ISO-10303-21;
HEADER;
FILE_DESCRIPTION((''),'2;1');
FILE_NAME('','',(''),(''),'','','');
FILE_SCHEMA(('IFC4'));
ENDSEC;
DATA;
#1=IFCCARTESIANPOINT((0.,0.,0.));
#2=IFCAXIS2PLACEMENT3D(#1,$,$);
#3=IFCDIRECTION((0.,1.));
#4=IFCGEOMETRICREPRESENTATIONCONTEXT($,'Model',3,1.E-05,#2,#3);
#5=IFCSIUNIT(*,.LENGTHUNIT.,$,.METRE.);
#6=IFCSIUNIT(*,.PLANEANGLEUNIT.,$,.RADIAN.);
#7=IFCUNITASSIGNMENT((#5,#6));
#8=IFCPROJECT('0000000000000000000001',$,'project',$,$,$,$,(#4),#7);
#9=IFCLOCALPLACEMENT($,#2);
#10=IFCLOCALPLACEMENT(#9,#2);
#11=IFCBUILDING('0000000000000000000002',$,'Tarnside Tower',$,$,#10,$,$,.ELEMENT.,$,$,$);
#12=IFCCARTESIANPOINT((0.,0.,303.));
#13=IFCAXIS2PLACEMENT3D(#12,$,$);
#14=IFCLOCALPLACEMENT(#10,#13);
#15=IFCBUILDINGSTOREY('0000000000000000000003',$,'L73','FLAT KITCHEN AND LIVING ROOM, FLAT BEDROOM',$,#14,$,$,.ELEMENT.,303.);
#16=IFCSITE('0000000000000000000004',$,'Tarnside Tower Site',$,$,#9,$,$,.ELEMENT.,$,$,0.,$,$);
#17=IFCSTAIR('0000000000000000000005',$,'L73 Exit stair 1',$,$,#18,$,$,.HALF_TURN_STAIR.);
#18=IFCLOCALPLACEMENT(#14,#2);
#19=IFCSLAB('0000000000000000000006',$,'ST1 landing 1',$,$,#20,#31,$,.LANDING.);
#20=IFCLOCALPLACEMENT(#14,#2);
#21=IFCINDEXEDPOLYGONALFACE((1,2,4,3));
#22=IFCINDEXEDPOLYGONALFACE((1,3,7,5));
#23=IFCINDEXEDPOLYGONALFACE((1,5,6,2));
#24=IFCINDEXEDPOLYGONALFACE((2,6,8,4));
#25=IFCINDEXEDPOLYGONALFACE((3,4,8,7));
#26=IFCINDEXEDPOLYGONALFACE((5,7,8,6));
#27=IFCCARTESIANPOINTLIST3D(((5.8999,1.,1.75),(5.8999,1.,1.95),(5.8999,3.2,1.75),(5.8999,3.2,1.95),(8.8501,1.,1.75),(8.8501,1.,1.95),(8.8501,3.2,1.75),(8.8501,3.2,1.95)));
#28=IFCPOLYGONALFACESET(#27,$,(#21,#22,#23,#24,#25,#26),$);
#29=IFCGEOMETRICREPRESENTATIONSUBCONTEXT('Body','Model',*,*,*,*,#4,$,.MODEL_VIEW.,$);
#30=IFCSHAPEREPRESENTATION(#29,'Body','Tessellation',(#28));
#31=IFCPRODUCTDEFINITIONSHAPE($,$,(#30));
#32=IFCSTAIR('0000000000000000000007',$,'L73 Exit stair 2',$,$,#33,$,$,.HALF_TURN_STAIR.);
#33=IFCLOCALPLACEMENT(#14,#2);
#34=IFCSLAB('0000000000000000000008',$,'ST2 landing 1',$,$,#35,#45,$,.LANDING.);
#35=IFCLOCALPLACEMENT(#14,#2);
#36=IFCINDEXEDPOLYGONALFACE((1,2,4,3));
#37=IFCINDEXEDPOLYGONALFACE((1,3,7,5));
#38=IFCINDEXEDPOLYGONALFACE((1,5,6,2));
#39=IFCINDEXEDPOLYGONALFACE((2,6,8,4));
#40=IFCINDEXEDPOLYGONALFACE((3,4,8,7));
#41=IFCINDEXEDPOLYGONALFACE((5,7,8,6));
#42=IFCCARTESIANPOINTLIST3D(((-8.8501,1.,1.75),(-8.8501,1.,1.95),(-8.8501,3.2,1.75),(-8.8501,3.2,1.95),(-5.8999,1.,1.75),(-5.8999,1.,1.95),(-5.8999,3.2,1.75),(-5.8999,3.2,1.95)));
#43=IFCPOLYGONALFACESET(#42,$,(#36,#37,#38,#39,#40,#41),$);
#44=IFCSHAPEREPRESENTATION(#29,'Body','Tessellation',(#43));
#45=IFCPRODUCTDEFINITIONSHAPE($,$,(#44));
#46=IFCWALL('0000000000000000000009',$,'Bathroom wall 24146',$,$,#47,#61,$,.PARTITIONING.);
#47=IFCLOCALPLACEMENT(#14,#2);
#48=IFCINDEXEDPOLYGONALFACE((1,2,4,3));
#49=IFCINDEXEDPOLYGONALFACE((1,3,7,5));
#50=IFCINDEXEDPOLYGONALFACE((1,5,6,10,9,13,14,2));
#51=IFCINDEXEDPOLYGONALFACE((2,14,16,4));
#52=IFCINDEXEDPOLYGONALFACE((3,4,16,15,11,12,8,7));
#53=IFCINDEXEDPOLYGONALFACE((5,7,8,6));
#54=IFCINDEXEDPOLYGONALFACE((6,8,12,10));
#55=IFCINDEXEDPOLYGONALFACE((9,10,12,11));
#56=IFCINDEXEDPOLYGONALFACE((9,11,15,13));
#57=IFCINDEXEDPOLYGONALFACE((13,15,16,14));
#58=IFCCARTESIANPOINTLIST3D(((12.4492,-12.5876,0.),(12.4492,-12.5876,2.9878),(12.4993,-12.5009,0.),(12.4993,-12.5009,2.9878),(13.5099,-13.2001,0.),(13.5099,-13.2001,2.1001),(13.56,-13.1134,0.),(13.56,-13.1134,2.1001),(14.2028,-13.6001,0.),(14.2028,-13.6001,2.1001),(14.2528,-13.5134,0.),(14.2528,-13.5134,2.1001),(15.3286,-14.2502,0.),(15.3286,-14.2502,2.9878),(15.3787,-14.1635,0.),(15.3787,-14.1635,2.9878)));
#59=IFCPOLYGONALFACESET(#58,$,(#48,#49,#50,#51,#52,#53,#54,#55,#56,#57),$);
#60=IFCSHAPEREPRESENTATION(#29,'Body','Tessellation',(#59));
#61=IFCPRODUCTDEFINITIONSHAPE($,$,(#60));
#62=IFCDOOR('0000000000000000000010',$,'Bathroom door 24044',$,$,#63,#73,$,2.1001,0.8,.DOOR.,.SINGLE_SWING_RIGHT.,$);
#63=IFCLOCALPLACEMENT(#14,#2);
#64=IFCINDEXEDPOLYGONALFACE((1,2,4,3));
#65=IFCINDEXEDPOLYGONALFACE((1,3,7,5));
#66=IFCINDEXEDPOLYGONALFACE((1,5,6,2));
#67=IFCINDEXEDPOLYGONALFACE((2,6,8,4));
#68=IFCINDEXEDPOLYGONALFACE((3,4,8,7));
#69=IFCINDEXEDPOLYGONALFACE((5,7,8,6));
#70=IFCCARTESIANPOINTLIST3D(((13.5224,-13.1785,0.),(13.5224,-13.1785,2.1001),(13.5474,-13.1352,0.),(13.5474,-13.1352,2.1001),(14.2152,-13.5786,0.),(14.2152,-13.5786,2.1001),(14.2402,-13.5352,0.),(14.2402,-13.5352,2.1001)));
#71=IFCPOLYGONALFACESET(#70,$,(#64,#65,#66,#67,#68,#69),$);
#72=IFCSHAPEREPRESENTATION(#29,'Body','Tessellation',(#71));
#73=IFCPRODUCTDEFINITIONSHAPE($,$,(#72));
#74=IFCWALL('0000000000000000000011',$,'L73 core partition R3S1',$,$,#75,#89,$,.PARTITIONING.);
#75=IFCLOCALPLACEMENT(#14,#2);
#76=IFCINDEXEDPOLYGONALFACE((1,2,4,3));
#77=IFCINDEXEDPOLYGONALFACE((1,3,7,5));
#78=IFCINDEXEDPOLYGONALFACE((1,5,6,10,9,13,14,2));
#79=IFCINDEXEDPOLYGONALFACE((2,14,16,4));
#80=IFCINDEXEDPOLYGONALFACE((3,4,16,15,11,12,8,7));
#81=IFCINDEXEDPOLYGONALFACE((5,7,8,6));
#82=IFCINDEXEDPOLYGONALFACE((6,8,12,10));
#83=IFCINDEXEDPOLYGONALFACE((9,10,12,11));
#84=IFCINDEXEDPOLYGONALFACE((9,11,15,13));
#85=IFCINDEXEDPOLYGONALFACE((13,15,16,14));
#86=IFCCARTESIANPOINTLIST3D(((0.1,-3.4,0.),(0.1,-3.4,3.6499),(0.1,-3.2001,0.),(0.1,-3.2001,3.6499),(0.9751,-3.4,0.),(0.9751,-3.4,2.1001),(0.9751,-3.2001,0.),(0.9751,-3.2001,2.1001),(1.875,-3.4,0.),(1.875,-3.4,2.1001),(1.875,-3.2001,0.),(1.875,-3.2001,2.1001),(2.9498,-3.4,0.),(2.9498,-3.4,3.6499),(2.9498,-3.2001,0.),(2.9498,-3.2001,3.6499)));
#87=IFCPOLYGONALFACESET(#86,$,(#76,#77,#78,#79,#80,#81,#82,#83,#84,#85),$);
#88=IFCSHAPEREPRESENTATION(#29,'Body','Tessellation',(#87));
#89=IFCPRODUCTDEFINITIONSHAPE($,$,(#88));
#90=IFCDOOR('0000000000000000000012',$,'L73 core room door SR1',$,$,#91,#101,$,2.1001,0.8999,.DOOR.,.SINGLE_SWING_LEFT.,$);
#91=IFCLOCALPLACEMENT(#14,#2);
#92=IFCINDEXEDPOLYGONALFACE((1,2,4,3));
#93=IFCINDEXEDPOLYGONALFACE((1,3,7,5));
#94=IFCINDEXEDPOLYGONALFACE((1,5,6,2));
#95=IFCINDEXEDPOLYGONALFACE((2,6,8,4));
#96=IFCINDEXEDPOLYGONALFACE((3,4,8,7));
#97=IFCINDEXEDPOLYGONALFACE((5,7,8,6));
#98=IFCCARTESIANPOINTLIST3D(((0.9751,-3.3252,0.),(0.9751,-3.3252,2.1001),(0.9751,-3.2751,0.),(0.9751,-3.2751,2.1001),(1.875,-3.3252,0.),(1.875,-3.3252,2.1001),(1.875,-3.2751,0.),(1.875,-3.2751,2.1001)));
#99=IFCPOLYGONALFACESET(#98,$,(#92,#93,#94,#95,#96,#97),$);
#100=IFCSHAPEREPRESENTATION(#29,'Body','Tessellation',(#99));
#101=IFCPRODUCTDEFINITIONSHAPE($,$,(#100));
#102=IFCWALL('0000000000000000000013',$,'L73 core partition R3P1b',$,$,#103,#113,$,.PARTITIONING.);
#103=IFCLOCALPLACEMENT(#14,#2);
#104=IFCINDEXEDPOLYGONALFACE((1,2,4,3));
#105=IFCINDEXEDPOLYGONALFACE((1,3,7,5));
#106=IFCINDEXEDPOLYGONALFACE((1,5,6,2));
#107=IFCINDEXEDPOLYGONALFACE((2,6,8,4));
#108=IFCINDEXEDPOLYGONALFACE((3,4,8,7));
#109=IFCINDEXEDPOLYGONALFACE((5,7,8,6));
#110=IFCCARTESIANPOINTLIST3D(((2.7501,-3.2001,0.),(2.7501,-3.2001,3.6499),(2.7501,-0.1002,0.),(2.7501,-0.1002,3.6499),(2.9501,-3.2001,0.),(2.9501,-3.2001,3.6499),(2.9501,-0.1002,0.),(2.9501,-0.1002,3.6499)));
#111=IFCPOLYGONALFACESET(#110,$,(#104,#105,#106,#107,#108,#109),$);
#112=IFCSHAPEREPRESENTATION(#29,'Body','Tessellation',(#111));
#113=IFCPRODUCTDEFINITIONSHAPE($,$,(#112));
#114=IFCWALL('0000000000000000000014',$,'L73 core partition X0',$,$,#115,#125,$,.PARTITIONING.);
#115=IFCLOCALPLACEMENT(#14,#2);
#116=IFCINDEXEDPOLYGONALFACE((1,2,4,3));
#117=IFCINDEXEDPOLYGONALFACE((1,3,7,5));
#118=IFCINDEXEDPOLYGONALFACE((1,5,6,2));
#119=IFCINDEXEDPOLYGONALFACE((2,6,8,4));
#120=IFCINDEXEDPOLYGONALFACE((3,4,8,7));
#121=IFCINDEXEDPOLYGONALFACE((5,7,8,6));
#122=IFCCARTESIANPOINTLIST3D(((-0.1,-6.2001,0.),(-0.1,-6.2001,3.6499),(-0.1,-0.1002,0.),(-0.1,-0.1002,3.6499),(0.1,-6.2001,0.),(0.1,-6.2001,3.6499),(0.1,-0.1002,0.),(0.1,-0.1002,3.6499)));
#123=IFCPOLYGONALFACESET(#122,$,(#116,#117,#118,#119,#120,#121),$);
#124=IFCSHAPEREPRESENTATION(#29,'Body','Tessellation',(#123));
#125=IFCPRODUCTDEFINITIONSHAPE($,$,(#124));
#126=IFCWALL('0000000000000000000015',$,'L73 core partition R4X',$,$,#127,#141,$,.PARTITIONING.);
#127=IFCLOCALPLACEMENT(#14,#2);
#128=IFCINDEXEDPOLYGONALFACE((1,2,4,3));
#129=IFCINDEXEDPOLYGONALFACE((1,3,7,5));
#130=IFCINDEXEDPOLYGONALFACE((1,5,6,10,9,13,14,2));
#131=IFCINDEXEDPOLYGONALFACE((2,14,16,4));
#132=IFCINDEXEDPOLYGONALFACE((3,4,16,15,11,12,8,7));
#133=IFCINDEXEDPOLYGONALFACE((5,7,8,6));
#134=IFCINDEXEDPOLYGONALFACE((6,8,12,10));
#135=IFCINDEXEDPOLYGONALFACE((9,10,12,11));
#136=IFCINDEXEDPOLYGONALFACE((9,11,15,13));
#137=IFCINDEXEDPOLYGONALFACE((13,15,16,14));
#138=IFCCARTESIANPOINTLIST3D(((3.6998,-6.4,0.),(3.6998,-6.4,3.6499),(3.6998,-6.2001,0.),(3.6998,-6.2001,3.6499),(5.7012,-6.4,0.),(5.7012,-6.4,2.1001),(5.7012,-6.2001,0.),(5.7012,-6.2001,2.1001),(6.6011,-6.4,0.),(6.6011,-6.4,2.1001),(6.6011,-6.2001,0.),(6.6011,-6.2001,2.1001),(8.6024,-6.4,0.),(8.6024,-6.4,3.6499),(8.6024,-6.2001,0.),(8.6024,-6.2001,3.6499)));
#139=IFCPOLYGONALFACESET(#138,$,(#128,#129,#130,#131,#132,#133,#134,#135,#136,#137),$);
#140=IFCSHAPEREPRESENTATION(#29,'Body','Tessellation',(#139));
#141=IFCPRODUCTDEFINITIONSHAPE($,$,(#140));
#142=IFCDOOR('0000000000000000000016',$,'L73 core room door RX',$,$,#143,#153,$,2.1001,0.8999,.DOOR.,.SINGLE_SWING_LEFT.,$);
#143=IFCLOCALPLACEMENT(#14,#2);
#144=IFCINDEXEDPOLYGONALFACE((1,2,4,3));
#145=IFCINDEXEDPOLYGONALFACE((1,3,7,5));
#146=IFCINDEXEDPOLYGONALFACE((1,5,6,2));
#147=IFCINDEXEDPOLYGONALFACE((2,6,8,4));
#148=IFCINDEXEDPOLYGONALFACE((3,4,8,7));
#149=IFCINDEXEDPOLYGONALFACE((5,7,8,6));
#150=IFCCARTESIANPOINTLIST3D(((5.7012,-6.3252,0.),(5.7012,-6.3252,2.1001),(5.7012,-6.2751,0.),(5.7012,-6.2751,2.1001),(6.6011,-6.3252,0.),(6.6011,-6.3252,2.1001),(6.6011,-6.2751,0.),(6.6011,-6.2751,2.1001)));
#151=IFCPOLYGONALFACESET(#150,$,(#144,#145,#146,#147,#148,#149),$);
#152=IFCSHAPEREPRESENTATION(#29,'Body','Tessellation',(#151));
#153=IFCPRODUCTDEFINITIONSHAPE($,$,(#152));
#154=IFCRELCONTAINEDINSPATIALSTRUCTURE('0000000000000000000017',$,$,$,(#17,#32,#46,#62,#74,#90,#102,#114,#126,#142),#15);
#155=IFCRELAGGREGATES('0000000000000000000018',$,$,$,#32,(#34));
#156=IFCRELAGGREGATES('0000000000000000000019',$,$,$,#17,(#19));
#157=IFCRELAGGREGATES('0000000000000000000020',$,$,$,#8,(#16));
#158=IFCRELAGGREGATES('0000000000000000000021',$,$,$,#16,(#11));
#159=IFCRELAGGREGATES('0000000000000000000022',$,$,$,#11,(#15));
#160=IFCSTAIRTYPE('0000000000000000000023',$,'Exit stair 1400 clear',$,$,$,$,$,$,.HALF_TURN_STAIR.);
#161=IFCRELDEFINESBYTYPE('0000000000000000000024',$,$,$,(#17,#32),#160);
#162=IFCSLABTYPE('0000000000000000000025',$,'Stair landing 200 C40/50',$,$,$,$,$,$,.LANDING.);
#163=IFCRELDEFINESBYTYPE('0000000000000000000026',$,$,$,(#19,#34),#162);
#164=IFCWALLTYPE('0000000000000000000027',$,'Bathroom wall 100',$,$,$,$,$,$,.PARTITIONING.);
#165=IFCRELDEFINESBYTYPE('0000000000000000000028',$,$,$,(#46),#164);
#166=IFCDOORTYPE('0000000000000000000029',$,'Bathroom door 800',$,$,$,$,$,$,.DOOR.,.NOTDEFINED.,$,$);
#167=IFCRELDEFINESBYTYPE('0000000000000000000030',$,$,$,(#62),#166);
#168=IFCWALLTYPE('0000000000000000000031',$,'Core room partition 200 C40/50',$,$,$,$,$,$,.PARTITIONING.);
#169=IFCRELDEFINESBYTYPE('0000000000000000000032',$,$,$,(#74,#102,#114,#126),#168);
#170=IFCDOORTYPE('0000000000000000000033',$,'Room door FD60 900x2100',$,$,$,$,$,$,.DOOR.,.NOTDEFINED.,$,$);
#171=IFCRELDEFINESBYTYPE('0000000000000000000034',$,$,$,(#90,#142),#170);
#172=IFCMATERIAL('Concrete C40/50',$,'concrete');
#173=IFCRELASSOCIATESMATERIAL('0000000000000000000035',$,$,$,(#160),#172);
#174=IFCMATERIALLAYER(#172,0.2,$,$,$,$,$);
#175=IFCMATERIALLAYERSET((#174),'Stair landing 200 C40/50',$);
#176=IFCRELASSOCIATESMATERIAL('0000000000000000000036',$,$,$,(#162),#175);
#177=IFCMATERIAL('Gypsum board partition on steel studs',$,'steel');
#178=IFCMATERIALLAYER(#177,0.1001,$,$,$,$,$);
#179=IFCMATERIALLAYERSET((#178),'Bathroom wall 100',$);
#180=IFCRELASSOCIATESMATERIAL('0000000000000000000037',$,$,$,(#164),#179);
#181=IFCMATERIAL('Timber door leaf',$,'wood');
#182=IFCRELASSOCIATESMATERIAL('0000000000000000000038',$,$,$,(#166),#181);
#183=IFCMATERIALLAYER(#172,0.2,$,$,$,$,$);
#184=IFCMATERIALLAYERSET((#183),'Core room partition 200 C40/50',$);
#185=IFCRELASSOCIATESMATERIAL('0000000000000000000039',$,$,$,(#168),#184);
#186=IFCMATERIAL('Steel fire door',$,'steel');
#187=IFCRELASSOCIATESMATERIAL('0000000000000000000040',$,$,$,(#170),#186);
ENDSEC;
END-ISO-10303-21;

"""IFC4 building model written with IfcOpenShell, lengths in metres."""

from ifc_helpers import new_model, si_unit, direction, frame, frame_2d, origin, place, context, subcontext, project, spatial, polyline, rectangle, outline, extrude, material, layer, layer_set, type_object, element, fill, aggregate, save


model = new_model("IFC4")

# Units and contexts
model_context = context("Model", 3, precision=1e-05, world=origin(), true_north=direction((0.0, 1.0)))
body_context = subcontext(model_context, "Body", "Model", "MODEL_VIEW")
ifc_project = project(units=[si_unit("LENGTHUNIT", "METRE"), si_unit("PLANEANGLEUNIT", "RADIAN")], contexts=[model_context])

# Site, building, storey
site_placement = place(None, origin())
site = spatial("IfcSite", under=ifc_project, at=site_placement, Name="Tarnside Tower Site", CompositionType="ELEMENT", RefElevation=0.0)
building_placement = place(site_placement, origin())
building = spatial("IfcBuilding", under=site, at=building_placement, Name="Tarnside Tower", CompositionType="ELEMENT")
storey_placement = place(building_placement, frame((0.0, 0.0, 303.0)))
storey = spatial("IfcBuildingStorey", under=building, at=storey_placement, Name="L73", Description="FLAT KITCHEN AND LIVING ROOM, FLAT BEDROOM", CompositionType="ELEMENT", Elevation=303.0)

# Stairs, slabs
ifc_material_1 = material(Name="Concrete C40/50", Category="concrete")
stair_type = type_object("IfcStairType", Name="Exit stair 1400 clear", PredefinedType="HALF_TURN_STAIR", material=ifc_material_1)
stair_1_placement = place(storey_placement, origin())
stair_1 = element("IfcStair", 1, at=stair_1_placement, inside=storey, type_object=stair_type, Name="L73 Exit stair 1", PredefinedType="HALF_TURN_STAIR")
ifc_layer_1 = layer(ifc_material_1, 0.2)
ifc_layer_set_1 = layer_set([ifc_layer_1], Name="Stair landing 200 C40/50")
slab_type = type_object("IfcSlabType", Name="Stair landing 200 C40/50", PredefinedType="LANDING", material=ifc_layer_set_1)
slab_1_placement = place(storey_placement, frame((0.0, 0.0, 1.75)))
slab_1 = element("IfcSlab", 2, at=slab_1_placement, type_object=slab_type, Name="ST1 landing 1", PredefinedType="LANDING", context=body_context, shape_type="SweptSolid", body=[
    extrude(outline(polyline([(8.8501, 1.0), (8.8501, 3.2), (5.8999, 3.2), (5.8999, 1.0), (8.8501, 1.0)])), origin(), (0.0, 0.0, 1.0), 0.2),
])
stair_2_placement = place(storey_placement, origin())
stair_2 = element("IfcStair", 3, at=stair_2_placement, inside=storey, type_object=stair_type, Name="L73 Exit stair 2", PredefinedType="HALF_TURN_STAIR")
slab_2_placement = place(storey_placement, frame((0.0, 0.0, 1.75)))
slab_2 = element("IfcSlab", 4, at=slab_2_placement, type_object=slab_type, Name="ST2 landing 1", PredefinedType="LANDING", context=body_context, shape_type="SweptSolid", body=[
    extrude(outline(polyline([(-5.8999, 1.0), (-5.8999, 3.2), (-8.8501, 3.2), (-8.8501, 1.0), (-5.8999, 1.0)])), origin(), (0.0, 0.0, 1.0), 0.2),
])
aggregate(stair_2, [slab_2])

# Walls, openings, doors
ifc_material_2 = material(Name="Gypsum board partition on steel studs", Category="steel")
ifc_layer_2 = layer(ifc_material_2, 0.1001)
ifc_layer_set_2 = layer_set([ifc_layer_2], Name="Bathroom wall 100")
wall_type_1 = type_object("IfcWallType", Name="Bathroom wall 100", PredefinedType="PARTITIONING", material=ifc_layer_set_2)
wall_1_placement = place(storey_placement, frame((12.4741, -12.5442, 0.0), z_axis=(0.0, 0.0, 1.0), x_axis=(0.866002, -0.50004, 0.0)))
wall_1 = element("IfcWall", 5, at=wall_1_placement, inside=storey, type_object=wall_type_1, Name="Bathroom wall 24146", PredefinedType="PARTITIONING", context=body_context, shape_type="SweptSolid", body=[
    extrude(rectangle(XDim=3.325, YDim=0.1001, at=frame_2d((1.6626, 0.0))), origin(), (0.0, 0.0, 1.0), 2.9878),
])
opening_1_placement = place(wall_1_placement, frame((1.2251, 0.0, 0.0)))
opening_1 = element("IfcOpeningElement", 6, at=opening_1_placement, cuts=wall_1, PredefinedType="OPENING", context=body_context, shape_type="SweptSolid", body=[
    extrude(rectangle(XDim=0.8, YDim=2.1001, at=frame_2d((0.3999, 1.05))), frame((0.0, 0.0601, 0.0), z_axis=(0.0, -1.0, 0.0), x_axis=(1.0, 0.0, 0.0)), (0.0, 0.0, 1.0), 0.1201),
])
ifc_material_3 = material(Name="Timber door leaf", Category="wood")
door_type_1 = type_object("IfcDoorType", Name="Bathroom door 800", OperationType="NOTDEFINED", PredefinedType="DOOR", material=ifc_material_3)
door_1_placement = place(opening_1_placement, origin())
door_1 = element("IfcDoor", 7, at=door_1_placement, inside=storey, type_object=door_type_1, Name="Bathroom door 24044", OperationType="SINGLE_SWING_RIGHT", OverallHeight=2.1001, OverallWidth=0.8, PredefinedType="DOOR", context=body_context, shape_type="SweptSolid", body=[
    extrude(rectangle(XDim=0.8, YDim=2.1001, at=frame_2d((0.3999, 1.05))), frame((0.0, 0.0249, 0.0), z_axis=(0.0, -1.0, 0.0), x_axis=(1.0, 0.0, 0.0)), (0.0, 0.0, 1.0), 0.05),
])
fill(opening_1, door_1)
ifc_layer_3 = layer(ifc_material_1, 0.2)
ifc_layer_set_3 = layer_set([ifc_layer_3], Name="Core room partition 200 C40/50")
wall_type_2 = type_object("IfcWallType", Name="Core room partition 200 C40/50", PredefinedType="PARTITIONING", material=ifc_layer_set_3)
wall_2_placement = place(storey_placement, frame((0.1001, -3.3, 0.0), z_axis=(0.0, 0.0, 1.0), x_axis=(1.0, 0.0, 0.0)))
wall_2 = element("IfcWall", 8, at=wall_2_placement, inside=storey, type_object=wall_type_2, Name="L73 core partition R3S1", PredefinedType="PARTITIONING", context=body_context, shape_type="SweptSolid", body=[
    extrude(rectangle(XDim=2.8499, YDim=0.2, at=frame_2d((1.4248, 0.0))), origin(), (0.0, 0.0, 1.0), 3.6499),
])
opening_2_placement = place(wall_2_placement, frame((0.875, 0.0, 0.0)))
opening_2 = element("IfcOpeningElement", 9, at=opening_2_placement, cuts=wall_2, PredefinedType="OPENING", context=body_context, shape_type="SweptSolid", body=[
    extrude(rectangle(XDim=0.8999, YDim=2.1001, at=frame_2d((0.45, 1.05))), frame((0.0, 0.1099, 0.0), z_axis=(0.0, -1.0, 0.0), x_axis=(1.0, 0.0, 0.0)), (0.0, 0.0, 1.0), 0.22),
])
ifc_material_4 = material(Name="Steel fire door", Category="steel")
door_type_2 = type_object("IfcDoorType", Name="Room door FD60 900x2100", OperationType="NOTDEFINED", PredefinedType="DOOR", material=ifc_material_4)
door_2_placement = place(opening_2_placement, origin())
door_2 = element("IfcDoor", 10, at=door_2_placement, inside=storey, type_object=door_type_2, Name="L73 core room door SR1", OperationType="SINGLE_SWING_LEFT", OverallHeight=2.1001, OverallWidth=0.8999, PredefinedType="DOOR", context=body_context, shape_type="SweptSolid", body=[
    extrude(rectangle(XDim=0.8999, YDim=2.1001, at=frame_2d((0.45, 1.05))), frame((0.0, 0.0249, 0.0), z_axis=(0.0, -1.0, 0.0), x_axis=(1.0, 0.0, 0.0)), (0.0, 0.0, 1.0), 0.05),
])
fill(opening_2, door_2)

# Walls
wall_3_placement = place(storey_placement, frame((2.8501, -3.2, 0.0), z_axis=(0.0, 0.0, 1.0), x_axis=(0.0, 1.0, 0.0)))
element("IfcWall", 11, at=wall_3_placement, inside=storey, type_object=wall_type_2, Name="L73 core partition R3P1b", PredefinedType="PARTITIONING", context=body_context, shape_type="SweptSolid", body=[
    extrude(rectangle(XDim=3.0999, YDim=0.2, at=frame_2d((1.5498, 0.0))), origin(), (0.0, 0.0, 1.0), 3.6499),
])
wall_4_placement = place(storey_placement, frame((0.0, -6.2, 0.0), z_axis=(0.0, 0.0, 1.0), x_axis=(0.0, 1.0, 0.0)))
element("IfcWall", 12, at=wall_4_placement, inside=storey, type_object=wall_type_2, Name="L73 core partition X0", PredefinedType="PARTITIONING", context=body_context, shape_type="SweptSolid", body=[
    extrude(rectangle(XDim=6.0999, YDim=0.2, at=frame_2d((3.0498, 0.0))), origin(), (0.0, 0.0, 1.0), 3.6499),
])

# Wall, opening, door
wall_5_placement = place(storey_placement, frame((3.7, -6.3, 0.0), z_axis=(0.0, 0.0, 1.0), x_axis=(1.0, 0.0, 0.0)))
wall_5 = element("IfcWall", 13, at=wall_5_placement, inside=storey, type_object=wall_type_2, Name="L73 core partition R4X", PredefinedType="PARTITIONING", context=body_context, shape_type="SweptSolid", body=[
    extrude(rectangle(XDim=4.9026, YDim=0.2, at=frame_2d((2.4512, 0.0))), origin(), (0.0, 0.0, 1.0), 3.6499),
])
opening_3_placement = place(wall_5_placement, frame((2.0012, 0.0, 0.0)))
opening_3 = element("IfcOpeningElement", 14, at=opening_3_placement, cuts=wall_5, PredefinedType="OPENING", context=body_context, shape_type="SweptSolid", body=[
    extrude(rectangle(XDim=0.8999, YDim=2.1001, at=frame_2d((0.45, 1.05))), frame((0.0, 0.1099, 0.0), z_axis=(0.0, -1.0, 0.0), x_axis=(1.0, 0.0, 0.0)), (0.0, 0.0, 1.0), 0.22),
])
door_3_placement = place(opening_3_placement, origin())
door_3 = element("IfcDoor", 15, at=door_3_placement, inside=storey, type_object=door_type_2, Name="L73 core room door RX", OperationType="SINGLE_SWING_LEFT", OverallHeight=2.1001, OverallWidth=0.8999, PredefinedType="DOOR", context=body_context, shape_type="SweptSolid", body=[
    extrude(rectangle(XDim=0.8999, YDim=2.1001, at=frame_2d((0.45, 1.05))), frame((0.0, 0.0249, 0.0), z_axis=(0.0, -1.0, 0.0), x_axis=(1.0, 0.0, 0.0)), (0.0, 0.0, 1.0), 0.05),
])
fill(opening_3, door_3)

aggregate(stair_1, [slab_1])

save(model, "model.ifc")
